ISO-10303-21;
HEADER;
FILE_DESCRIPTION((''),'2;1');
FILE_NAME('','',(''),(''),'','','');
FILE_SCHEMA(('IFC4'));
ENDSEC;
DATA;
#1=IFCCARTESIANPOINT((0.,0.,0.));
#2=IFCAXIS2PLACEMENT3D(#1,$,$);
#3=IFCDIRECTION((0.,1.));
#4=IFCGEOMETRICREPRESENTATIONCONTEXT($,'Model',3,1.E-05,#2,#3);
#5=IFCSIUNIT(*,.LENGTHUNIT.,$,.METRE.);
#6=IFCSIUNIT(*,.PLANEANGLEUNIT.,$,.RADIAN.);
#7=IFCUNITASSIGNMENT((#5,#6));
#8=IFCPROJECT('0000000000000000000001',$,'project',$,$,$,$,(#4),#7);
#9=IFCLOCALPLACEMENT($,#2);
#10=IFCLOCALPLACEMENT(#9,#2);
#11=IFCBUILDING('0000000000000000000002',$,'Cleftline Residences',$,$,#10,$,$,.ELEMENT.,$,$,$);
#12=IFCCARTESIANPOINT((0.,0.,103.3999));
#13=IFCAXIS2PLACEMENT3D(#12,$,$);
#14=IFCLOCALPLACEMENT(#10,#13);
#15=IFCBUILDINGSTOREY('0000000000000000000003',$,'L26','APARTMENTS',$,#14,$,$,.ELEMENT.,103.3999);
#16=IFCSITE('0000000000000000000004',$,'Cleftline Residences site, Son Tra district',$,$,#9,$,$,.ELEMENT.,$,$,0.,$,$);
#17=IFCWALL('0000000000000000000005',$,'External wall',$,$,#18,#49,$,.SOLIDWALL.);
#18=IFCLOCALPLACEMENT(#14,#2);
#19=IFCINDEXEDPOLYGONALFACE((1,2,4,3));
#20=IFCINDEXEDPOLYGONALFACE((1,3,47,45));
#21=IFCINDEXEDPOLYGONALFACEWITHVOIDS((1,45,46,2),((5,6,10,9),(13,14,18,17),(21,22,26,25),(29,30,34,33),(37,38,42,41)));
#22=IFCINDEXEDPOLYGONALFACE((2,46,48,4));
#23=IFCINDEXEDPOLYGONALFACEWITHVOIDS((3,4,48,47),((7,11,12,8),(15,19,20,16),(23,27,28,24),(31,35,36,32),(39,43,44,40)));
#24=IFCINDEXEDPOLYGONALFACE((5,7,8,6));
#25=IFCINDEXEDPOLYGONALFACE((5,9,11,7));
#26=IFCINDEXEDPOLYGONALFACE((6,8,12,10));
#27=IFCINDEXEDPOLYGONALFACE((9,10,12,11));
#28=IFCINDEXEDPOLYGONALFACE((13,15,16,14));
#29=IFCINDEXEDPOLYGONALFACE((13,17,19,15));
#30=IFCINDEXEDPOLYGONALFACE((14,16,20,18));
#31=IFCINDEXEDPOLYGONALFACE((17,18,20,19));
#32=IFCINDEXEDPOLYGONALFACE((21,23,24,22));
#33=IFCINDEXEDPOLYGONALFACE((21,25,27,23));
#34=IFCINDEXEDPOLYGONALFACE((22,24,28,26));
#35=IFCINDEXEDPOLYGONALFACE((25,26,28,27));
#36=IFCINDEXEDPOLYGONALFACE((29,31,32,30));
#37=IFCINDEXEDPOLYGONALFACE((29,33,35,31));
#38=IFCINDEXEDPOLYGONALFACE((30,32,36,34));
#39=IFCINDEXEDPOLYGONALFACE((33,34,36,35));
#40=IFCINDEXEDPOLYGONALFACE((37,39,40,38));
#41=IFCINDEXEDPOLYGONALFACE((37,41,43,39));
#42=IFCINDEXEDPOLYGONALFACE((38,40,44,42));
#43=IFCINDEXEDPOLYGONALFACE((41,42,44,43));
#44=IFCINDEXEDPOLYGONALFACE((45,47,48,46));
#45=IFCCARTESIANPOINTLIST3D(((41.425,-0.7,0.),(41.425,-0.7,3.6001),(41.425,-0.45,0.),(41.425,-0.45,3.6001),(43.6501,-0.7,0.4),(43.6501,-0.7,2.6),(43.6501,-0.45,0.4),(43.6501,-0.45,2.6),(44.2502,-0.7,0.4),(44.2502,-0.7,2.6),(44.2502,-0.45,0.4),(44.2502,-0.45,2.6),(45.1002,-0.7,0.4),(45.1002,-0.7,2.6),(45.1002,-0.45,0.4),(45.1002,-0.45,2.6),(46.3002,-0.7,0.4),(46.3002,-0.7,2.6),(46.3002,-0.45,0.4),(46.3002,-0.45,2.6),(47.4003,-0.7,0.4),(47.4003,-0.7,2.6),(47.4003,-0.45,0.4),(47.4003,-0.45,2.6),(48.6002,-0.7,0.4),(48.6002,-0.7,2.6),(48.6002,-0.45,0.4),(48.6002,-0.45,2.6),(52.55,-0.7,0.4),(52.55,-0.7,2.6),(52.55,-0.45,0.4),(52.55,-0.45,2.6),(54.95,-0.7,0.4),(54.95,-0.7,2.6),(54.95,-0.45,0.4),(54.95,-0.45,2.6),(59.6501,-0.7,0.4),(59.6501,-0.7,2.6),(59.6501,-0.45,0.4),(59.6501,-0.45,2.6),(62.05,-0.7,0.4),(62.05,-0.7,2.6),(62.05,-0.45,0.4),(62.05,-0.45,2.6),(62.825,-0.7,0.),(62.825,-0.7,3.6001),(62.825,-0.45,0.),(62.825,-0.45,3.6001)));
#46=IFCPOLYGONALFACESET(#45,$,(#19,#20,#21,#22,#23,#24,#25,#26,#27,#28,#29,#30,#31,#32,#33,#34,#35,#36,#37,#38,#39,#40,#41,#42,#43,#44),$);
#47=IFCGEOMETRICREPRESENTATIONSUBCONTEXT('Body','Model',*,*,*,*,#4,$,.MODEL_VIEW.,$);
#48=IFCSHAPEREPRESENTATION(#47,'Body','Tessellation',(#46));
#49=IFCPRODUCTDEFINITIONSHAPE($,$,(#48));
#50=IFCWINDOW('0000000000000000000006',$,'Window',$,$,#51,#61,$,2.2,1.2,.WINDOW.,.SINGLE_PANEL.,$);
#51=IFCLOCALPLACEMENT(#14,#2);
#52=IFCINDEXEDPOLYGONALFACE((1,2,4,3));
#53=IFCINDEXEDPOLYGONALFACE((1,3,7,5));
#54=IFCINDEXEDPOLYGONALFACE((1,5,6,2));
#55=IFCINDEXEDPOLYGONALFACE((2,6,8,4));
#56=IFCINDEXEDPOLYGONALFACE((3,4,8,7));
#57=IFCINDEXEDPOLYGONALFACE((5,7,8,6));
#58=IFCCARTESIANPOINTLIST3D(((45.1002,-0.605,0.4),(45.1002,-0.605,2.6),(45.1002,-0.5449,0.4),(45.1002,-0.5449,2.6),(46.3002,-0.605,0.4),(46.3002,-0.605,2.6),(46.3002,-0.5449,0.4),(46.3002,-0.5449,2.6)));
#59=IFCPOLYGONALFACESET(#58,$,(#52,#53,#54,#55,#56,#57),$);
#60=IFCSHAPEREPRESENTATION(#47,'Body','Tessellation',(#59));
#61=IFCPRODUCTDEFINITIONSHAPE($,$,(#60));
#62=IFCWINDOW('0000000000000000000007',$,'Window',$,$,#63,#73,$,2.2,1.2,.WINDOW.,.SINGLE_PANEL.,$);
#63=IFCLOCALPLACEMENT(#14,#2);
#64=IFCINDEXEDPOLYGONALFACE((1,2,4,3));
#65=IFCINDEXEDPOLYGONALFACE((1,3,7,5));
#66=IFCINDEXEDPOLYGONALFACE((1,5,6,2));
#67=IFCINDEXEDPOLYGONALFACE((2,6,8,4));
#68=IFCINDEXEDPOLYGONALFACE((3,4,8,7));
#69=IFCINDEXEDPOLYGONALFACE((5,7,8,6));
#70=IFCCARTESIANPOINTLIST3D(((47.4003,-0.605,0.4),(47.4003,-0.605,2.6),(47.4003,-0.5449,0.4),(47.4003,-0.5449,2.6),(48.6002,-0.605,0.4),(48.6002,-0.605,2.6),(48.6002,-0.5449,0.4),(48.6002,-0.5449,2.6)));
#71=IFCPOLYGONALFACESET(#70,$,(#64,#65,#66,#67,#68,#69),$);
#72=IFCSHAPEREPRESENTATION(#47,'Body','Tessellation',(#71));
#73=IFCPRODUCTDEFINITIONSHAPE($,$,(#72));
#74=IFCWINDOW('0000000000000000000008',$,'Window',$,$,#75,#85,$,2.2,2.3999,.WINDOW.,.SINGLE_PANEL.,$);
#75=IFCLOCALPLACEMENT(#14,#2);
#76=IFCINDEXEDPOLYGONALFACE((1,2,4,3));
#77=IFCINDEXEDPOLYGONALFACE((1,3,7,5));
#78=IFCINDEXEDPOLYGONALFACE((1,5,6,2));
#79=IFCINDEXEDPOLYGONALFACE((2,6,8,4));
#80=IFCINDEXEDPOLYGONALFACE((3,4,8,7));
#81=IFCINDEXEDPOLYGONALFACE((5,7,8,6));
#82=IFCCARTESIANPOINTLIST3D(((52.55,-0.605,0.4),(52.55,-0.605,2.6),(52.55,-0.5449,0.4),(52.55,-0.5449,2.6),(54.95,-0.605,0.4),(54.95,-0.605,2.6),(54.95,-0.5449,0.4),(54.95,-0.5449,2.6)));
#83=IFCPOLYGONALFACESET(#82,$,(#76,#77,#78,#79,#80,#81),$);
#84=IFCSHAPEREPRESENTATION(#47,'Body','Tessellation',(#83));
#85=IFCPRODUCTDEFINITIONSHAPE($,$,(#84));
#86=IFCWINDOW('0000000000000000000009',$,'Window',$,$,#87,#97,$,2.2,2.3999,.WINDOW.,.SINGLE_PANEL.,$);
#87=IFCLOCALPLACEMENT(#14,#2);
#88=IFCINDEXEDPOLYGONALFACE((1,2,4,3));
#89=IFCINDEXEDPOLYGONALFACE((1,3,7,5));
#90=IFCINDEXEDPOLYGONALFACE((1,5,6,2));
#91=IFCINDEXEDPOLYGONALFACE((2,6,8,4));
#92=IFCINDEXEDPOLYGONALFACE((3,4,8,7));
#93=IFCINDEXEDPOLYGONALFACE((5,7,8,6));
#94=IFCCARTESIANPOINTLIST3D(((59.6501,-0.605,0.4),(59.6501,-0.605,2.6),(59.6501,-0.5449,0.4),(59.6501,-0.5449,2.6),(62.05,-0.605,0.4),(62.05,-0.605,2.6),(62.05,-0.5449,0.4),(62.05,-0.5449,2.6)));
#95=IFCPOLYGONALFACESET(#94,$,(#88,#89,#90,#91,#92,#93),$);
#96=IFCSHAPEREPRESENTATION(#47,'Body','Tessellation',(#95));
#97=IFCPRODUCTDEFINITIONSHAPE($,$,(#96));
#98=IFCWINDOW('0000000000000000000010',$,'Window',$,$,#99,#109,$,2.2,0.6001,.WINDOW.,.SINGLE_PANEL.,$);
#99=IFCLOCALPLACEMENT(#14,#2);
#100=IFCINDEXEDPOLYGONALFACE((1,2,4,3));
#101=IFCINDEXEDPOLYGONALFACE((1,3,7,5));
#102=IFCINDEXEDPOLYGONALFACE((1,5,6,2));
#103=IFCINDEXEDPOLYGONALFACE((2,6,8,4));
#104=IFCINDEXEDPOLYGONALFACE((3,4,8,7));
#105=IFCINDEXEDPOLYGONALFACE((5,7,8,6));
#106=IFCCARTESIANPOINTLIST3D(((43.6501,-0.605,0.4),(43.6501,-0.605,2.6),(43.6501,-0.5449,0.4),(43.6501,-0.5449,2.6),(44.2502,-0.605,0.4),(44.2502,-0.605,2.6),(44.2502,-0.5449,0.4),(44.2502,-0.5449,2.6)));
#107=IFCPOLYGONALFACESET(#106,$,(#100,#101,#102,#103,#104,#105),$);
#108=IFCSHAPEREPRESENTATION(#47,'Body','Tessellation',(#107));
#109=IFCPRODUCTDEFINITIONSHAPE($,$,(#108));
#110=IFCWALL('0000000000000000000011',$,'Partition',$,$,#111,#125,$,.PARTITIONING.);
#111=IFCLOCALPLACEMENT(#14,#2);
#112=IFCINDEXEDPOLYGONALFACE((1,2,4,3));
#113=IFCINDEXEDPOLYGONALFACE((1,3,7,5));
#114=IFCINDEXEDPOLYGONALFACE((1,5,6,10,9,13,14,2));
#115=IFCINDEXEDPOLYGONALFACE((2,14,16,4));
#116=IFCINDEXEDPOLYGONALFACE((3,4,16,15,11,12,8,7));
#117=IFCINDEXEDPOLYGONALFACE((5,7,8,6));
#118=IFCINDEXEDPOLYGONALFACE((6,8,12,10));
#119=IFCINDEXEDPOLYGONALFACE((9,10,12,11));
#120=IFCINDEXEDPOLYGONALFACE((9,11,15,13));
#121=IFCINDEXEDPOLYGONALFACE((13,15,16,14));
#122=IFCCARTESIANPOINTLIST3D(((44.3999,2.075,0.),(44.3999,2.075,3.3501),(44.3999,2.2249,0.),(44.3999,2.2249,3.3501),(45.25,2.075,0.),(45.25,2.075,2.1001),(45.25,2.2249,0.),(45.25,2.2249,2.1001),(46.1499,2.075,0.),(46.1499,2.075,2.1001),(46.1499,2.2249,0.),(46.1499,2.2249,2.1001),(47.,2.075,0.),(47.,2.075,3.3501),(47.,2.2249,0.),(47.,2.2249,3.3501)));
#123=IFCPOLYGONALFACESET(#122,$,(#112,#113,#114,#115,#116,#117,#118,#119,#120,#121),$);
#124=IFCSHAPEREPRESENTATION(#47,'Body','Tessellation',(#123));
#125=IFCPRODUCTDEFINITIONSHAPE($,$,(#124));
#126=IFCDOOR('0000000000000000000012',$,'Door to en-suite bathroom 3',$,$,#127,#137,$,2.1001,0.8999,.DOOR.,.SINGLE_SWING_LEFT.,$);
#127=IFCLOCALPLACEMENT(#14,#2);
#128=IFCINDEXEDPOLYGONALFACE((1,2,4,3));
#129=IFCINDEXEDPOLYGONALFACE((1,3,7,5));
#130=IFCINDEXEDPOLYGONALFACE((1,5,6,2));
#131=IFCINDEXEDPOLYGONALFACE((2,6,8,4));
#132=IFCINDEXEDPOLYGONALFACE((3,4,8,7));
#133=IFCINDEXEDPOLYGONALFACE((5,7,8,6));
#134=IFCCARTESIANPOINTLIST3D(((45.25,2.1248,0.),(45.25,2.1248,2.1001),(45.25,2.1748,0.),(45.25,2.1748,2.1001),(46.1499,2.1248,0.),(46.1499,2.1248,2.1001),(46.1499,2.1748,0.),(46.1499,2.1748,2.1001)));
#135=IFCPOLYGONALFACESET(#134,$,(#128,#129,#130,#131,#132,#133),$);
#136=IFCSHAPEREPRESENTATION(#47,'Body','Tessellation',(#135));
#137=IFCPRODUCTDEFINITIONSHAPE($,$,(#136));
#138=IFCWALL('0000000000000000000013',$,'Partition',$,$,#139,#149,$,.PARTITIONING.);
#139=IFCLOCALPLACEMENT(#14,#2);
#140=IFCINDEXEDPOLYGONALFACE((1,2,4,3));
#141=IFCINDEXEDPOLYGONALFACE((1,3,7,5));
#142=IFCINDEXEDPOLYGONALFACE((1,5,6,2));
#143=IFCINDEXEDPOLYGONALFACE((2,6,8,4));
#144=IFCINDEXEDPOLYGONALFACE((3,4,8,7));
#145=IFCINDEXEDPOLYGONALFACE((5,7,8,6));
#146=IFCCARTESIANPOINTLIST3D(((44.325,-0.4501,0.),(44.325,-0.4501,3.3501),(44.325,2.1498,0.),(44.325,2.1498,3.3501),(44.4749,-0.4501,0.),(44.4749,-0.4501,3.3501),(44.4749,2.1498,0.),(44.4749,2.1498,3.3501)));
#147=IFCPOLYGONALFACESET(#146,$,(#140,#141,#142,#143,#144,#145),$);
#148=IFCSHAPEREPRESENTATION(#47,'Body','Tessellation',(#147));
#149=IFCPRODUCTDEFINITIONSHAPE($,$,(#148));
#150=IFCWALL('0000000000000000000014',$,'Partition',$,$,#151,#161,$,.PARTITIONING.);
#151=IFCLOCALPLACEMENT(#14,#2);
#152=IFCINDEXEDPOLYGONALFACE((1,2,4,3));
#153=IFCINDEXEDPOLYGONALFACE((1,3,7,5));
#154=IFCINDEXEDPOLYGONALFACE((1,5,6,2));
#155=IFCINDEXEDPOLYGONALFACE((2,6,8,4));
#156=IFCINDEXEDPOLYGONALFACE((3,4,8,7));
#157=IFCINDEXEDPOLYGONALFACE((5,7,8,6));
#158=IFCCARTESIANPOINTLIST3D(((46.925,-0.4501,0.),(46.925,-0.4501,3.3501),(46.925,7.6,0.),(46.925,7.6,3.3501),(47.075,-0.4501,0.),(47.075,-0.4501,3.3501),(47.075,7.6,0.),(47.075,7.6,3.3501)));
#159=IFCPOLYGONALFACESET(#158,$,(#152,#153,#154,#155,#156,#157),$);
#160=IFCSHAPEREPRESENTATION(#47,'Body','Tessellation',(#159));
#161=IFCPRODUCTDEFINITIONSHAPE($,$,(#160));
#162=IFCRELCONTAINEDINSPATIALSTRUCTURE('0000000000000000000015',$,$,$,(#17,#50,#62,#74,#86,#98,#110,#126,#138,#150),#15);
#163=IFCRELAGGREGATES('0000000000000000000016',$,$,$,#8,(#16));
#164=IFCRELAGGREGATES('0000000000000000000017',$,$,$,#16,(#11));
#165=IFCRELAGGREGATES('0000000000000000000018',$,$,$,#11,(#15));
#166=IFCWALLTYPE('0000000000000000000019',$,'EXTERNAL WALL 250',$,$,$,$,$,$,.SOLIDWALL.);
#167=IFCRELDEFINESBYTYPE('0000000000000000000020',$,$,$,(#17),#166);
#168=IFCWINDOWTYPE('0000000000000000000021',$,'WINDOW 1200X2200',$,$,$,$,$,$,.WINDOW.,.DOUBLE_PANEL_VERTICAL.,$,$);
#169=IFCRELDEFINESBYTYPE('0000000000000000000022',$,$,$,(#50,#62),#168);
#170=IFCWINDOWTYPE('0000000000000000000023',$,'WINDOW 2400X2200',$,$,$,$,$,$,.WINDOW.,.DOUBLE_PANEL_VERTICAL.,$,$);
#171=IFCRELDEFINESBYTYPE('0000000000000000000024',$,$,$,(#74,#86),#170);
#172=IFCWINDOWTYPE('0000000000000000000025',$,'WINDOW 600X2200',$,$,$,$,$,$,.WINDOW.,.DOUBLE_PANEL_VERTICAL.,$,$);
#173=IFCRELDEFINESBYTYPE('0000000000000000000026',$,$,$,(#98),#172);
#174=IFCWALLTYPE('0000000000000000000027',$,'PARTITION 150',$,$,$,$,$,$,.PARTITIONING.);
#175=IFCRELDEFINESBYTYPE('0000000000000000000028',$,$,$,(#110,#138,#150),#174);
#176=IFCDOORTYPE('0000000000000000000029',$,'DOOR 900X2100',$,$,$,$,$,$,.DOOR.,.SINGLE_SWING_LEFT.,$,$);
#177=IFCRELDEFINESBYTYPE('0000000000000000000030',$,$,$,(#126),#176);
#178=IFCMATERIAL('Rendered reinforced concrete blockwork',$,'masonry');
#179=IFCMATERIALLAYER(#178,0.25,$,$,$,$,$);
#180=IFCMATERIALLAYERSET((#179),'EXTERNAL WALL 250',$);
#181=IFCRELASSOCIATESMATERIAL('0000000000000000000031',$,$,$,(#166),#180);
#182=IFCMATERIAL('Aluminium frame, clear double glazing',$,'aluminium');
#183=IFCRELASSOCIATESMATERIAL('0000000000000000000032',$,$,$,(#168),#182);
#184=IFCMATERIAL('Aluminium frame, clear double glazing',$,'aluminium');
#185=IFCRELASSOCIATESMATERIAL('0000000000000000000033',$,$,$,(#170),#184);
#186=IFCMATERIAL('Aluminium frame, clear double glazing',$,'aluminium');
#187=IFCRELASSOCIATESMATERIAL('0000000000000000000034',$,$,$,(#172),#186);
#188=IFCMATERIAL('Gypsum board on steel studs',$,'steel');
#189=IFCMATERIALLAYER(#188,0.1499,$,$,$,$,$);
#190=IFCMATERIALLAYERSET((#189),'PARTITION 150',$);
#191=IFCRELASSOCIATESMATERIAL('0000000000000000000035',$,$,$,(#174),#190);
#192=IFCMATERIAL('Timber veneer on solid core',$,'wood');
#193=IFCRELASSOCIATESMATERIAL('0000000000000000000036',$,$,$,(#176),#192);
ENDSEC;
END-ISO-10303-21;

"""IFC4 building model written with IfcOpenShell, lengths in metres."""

from ifc_helpers import new_model, si_unit, direction, frame, frame_2d, origin, place, context, subcontext, project, spatial, rectangle, extrude, material, layer, layer_set, type_object, element, fill, save


model = new_model("IFC4")

# Units and contexts
model_context = context("Model", 3, precision=1e-05, world=origin(), true_north=direction((0.0, 1.0)))
body_context = subcontext(model_context, "Body", "Model", "MODEL_VIEW")
ifc_project = project(units=[si_unit("LENGTHUNIT", "METRE"), si_unit("PLANEANGLEUNIT", "RADIAN")], contexts=[model_context])

# Site, building, storey
site_placement = place(None, origin())
site = spatial("IfcSite", under=ifc_project, at=site_placement, Name="Cleftline Residences site, Son Tra district", CompositionType="ELEMENT", RefElevation=0.0)
building_placement = place(site_placement, origin())
building = spatial("IfcBuilding", under=site, at=building_placement, Name="Cleftline Residences", CompositionType="ELEMENT")
storey_placement = place(building_placement, frame((0.0, 0.0, 103.3999)))
storey = spatial("IfcBuildingStorey", under=building, at=storey_placement, Name="L26", Description="APARTMENTS", CompositionType="ELEMENT", Elevation=103.3999)

# Wall, openings, windows
ifc_material_1 = material(Name="Rendered reinforced concrete blockwork", Category="masonry")
ifc_layer_1 = layer(ifc_material_1, 0.25)
ifc_layer_set_1 = layer_set([ifc_layer_1], Name="EXTERNAL WALL 250")
wall_type_1 = type_object("IfcWallType", Name="EXTERNAL WALL 250", PredefinedType="SOLIDWALL", material=ifc_layer_set_1)
wall_1_placement = place(storey_placement, frame((41.425, -0.575, 0.0), z_axis=(0.0, 0.0, 1.0), x_axis=(1.0, 0.0, 0.0)))
wall_1 = element("IfcWall", 1, at=wall_1_placement, inside=storey, type_object=wall_type_1, Name="External wall", PredefinedType="SOLIDWALL", context=body_context, shape_type="SweptSolid", body=[
    extrude(rectangle(XDim=21.3999, YDim=0.25, at=frame_2d((10.7, 0.0))), origin(), (0.0, 0.0, 1.0), 3.6001),
])
opening_1_placement = place(wall_1_placement, frame((2.2251, 0.0, 0.3999)))
opening_1 = element("IfcOpeningElement", 2, at=opening_1_placement, cuts=wall_1, PredefinedType="OPENING", context=body_context, shape_type="SweptSolid", body=[
    extrude(rectangle(XDim=0.6001, YDim=2.2, at=frame_2d((0.3, 1.1001))), frame((0.0, 0.135, 0.0), z_axis=(0.0, -1.0, 0.0), x_axis=(1.0, 0.0, 0.0)), (0.0, 0.0, 1.0), 0.27),
])
opening_2_placement = place(wall_1_placement, frame((3.675, 0.0, 0.3999)))
opening_2 = element("IfcOpeningElement", 3, at=opening_2_placement, cuts=wall_1, PredefinedType="OPENING", context=body_context, shape_type="SweptSolid", body=[
    extrude(rectangle(XDim=1.2, YDim=2.2, at=frame_2d((0.6001, 1.1001))), frame((0.0, 0.135, 0.0), z_axis=(0.0, -1.0, 0.0), x_axis=(1.0, 0.0, 0.0)), (0.0, 0.0, 1.0), 0.27),
])
opening_3_placement = place(wall_1_placement, frame((5.9751, 0.0, 0.3999)))
opening_3 = element("IfcOpeningElement", 4, at=opening_3_placement, cuts=wall_1, PredefinedType="OPENING", context=body_context, shape_type="SweptSolid", body=[
    extrude(rectangle(XDim=1.2, YDim=2.2, at=frame_2d((0.6001, 1.1001))), frame((0.0, 0.135, 0.0), z_axis=(0.0, -1.0, 0.0), x_axis=(1.0, 0.0, 0.0)), (0.0, 0.0, 1.0), 0.27),
])
opening_4_placement = place(wall_1_placement, frame((11.125, 0.0, 0.3999)))
opening_4 = element("IfcOpeningElement", 5, at=opening_4_placement, cuts=wall_1, PredefinedType="OPENING", context=body_context, shape_type="SweptSolid", body=[
    extrude(rectangle(XDim=2.3999, YDim=2.2, at=frame_2d((1.2, 1.1001))), frame((0.0, 0.135, 0.0), z_axis=(0.0, -1.0, 0.0), x_axis=(1.0, 0.0, 0.0)), (0.0, 0.0, 1.0), 0.27),
])
opening_5_placement = place(wall_1_placement, frame((18.2251, 0.0, 0.3999)))
opening_5 = element("IfcOpeningElement", 6, at=opening_5_placement, cuts=wall_1, PredefinedType="OPENING", context=body_context, shape_type="SweptSolid", body=[
    extrude(rectangle(XDim=2.3999, YDim=2.2, at=frame_2d((1.2, 1.1001))), frame((0.0, 0.135, 0.0), z_axis=(0.0, -1.0, 0.0), x_axis=(1.0, 0.0, 0.0)), (0.0, 0.0, 1.0), 0.27),
])
ifc_material_2 = material(Name="Aluminium frame, clear double glazing", Category="aluminium")
window_type_1 = type_object("IfcWindowType", Name="WINDOW 1200X2200", PartitioningType="DOUBLE_PANEL_VERTICAL", PredefinedType="WINDOW", material=ifc_material_2)
window_1_placement = place(opening_2_placement, origin())
window_1 = element("IfcWindow", 7, at=window_1_placement, inside=storey, type_object=window_type_1, Name="Window", OverallHeight=2.2, OverallWidth=1.2, PartitioningType="SINGLE_PANEL", PredefinedType="WINDOW", context=body_context, shape_type="SweptSolid", body=[
    extrude(rectangle(XDim=1.2, YDim=2.2, at=frame_2d((0.6001, 1.1001))), frame((0.0, 0.03, 0.0), z_axis=(0.0, -1.0, 0.0), x_axis=(1.0, 0.0, 0.0)), (0.0, 0.0, 1.0), 0.0601),
])
fill(opening_2, window_1)
window_2_placement = place(opening_3_placement, origin())
window_2 = element("IfcWindow", 8, at=window_2_placement, inside=storey, type_object=window_type_1, Name="Window", OverallHeight=2.2, OverallWidth=1.2, PartitioningType="SINGLE_PANEL", PredefinedType="WINDOW", context=body_context, shape_type="SweptSolid", body=[
    extrude(rectangle(XDim=1.2, YDim=2.2, at=frame_2d((0.6001, 1.1001))), frame((0.0, 0.03, 0.0), z_axis=(0.0, -1.0, 0.0), x_axis=(1.0, 0.0, 0.0)), (0.0, 0.0, 1.0), 0.0601),
])
fill(opening_3, window_2)
ifc_material_3 = material(Name="Aluminium frame, clear double glazing", Category="aluminium")
window_type_2 = type_object("IfcWindowType", Name="WINDOW 2400X2200", PartitioningType="DOUBLE_PANEL_VERTICAL", PredefinedType="WINDOW", material=ifc_material_3)
window_3_placement = place(opening_4_placement, origin())
window_3 = element("IfcWindow", 9, at=window_3_placement, inside=storey, type_object=window_type_2, Name="Window", OverallHeight=2.2, OverallWidth=2.3999, PartitioningType="SINGLE_PANEL", PredefinedType="WINDOW", context=body_context, shape_type="SweptSolid", body=[
    extrude(rectangle(XDim=2.3999, YDim=2.2, at=frame_2d((1.2, 1.1001))), frame((0.0, 0.03, 0.0), z_axis=(0.0, -1.0, 0.0), x_axis=(1.0, 0.0, 0.0)), (0.0, 0.0, 1.0), 0.0601),
])
fill(opening_4, window_3)
window_4_placement = place(opening_5_placement, origin())
window_4 = element("IfcWindow", 10, at=window_4_placement, inside=storey, type_object=window_type_2, Name="Window", OverallHeight=2.2, OverallWidth=2.3999, PartitioningType="SINGLE_PANEL", PredefinedType="WINDOW", context=body_context, shape_type="SweptSolid", body=[
    extrude(rectangle(XDim=2.3999, YDim=2.2, at=frame_2d((1.2, 1.1001))), frame((0.0, 0.03, 0.0), z_axis=(0.0, -1.0, 0.0), x_axis=(1.0, 0.0, 0.0)), (0.0, 0.0, 1.0), 0.0601),
])
fill(opening_5, window_4)
ifc_material_4 = material(Name="Aluminium frame, clear double glazing", Category="aluminium")
window_type_3 = type_object("IfcWindowType", Name="WINDOW 600X2200", PartitioningType="DOUBLE_PANEL_VERTICAL", PredefinedType="WINDOW", material=ifc_material_4)
window_5_placement = place(opening_1_placement, origin())
window_5 = element("IfcWindow", 11, at=window_5_placement, inside=storey, type_object=window_type_3, Name="Window", OverallHeight=2.2, OverallWidth=0.6001, PartitioningType="SINGLE_PANEL", PredefinedType="WINDOW", context=body_context, shape_type="SweptSolid", body=[
    extrude(rectangle(XDim=0.6001, YDim=2.2, at=frame_2d((0.3, 1.1001))), frame((0.0, 0.03, 0.0), z_axis=(0.0, -1.0, 0.0), x_axis=(1.0, 0.0, 0.0)), (0.0, 0.0, 1.0), 0.0601),
])
fill(opening_1, window_5)

# Wall, opening, door
ifc_material_5 = material(Name="Gypsum board on steel studs", Category="steel")
ifc_layer_2 = layer(ifc_material_5, 0.1499)
ifc_layer_set_2 = layer_set([ifc_layer_2], Name="PARTITION 150")
wall_type_2 = type_object("IfcWallType", Name="PARTITION 150", PredefinedType="PARTITIONING", material=ifc_layer_set_2)
wall_2_placement = place(storey_placement, frame((44.3999, 2.1499, 0.0), z_axis=(0.0, 0.0, 1.0), x_axis=(1.0, 0.0, 0.0)))
wall_2 = element("IfcWall", 12, at=wall_2_placement, inside=storey, type_object=wall_type_2, Name="Partition", PredefinedType="PARTITIONING", context=body_context, shape_type="SweptSolid", body=[
    extrude(rectangle(XDim=2.6001, YDim=0.1499, at=frame_2d((1.3, 0.0))), origin(), (0.0, 0.0, 1.0), 3.3501),
])
opening_6_placement = place(wall_2_placement, frame((0.8501, 0.0, 0.0)))
opening_6 = element("IfcOpeningElement", 13, at=opening_6_placement, cuts=wall_2, PredefinedType="OPENING", context=body_context, shape_type="SweptSolid", body=[
    extrude(rectangle(XDim=0.8999, YDim=2.1001, at=frame_2d((0.45, 1.05))), frame((0.0, 0.085, 0.0), z_axis=(0.0, -1.0, 0.0), x_axis=(1.0, 0.0, 0.0)), (0.0, 0.0, 1.0), 0.1699),
])
ifc_material_6 = material(Name="Timber veneer on solid core", Category="wood")
door_type = type_object("IfcDoorType", Name="DOOR 900X2100", OperationType="SINGLE_SWING_LEFT", PredefinedType="DOOR", material=ifc_material_6)
door_placement = place(opening_6_placement, origin())
door = element("IfcDoor", 14, at=door_placement, inside=storey, type_object=door_type, Name="Door to en-suite bathroom 3", OperationType="SINGLE_SWING_LEFT", OverallHeight=2.1001, OverallWidth=0.8999, PredefinedType="DOOR", context=body_context, shape_type="SweptSolid", body=[
    extrude(rectangle(XDim=0.8999, YDim=2.1001, at=frame_2d((0.45, 1.05))), frame((0.0, 0.0249, 0.0), z_axis=(0.0, -1.0, 0.0), x_axis=(1.0, 0.0, 0.0)), (0.0, 0.0, 1.0), 0.05),
])
fill(opening_6, door)

# Walls
wall_3_placement = place(storey_placement, frame((44.3999, -0.45, 0.0), z_axis=(0.0, 0.0, 1.0), x_axis=(0.0, 1.0, 0.0)))
element("IfcWall", 15, at=wall_3_placement, inside=storey, type_object=wall_type_2, Name="Partition", PredefinedType="PARTITIONING", context=body_context, shape_type="SweptSolid", body=[
    extrude(rectangle(XDim=2.5999, YDim=0.1499, at=frame_2d((1.2998, 0.0))), origin(), (0.0, 0.0, 1.0), 3.3501),
])
wall_4_placement = place(storey_placement, frame((47.0, -0.45, 0.0), z_axis=(0.0, 0.0, 1.0), x_axis=(0.0, 1.0, 0.0)))
element("IfcWall", 16, at=wall_4_placement, inside=storey, type_object=wall_type_2, Name="Partition", PredefinedType="PARTITIONING", context=body_context, shape_type="SweptSolid", body=[
    extrude(rectangle(XDim=8.05, YDim=0.1499, at=frame_2d((4.0249, 0.0))), origin(), (0.0, 0.0, 1.0), 3.3501),
])

save(model, "model.ifc")
